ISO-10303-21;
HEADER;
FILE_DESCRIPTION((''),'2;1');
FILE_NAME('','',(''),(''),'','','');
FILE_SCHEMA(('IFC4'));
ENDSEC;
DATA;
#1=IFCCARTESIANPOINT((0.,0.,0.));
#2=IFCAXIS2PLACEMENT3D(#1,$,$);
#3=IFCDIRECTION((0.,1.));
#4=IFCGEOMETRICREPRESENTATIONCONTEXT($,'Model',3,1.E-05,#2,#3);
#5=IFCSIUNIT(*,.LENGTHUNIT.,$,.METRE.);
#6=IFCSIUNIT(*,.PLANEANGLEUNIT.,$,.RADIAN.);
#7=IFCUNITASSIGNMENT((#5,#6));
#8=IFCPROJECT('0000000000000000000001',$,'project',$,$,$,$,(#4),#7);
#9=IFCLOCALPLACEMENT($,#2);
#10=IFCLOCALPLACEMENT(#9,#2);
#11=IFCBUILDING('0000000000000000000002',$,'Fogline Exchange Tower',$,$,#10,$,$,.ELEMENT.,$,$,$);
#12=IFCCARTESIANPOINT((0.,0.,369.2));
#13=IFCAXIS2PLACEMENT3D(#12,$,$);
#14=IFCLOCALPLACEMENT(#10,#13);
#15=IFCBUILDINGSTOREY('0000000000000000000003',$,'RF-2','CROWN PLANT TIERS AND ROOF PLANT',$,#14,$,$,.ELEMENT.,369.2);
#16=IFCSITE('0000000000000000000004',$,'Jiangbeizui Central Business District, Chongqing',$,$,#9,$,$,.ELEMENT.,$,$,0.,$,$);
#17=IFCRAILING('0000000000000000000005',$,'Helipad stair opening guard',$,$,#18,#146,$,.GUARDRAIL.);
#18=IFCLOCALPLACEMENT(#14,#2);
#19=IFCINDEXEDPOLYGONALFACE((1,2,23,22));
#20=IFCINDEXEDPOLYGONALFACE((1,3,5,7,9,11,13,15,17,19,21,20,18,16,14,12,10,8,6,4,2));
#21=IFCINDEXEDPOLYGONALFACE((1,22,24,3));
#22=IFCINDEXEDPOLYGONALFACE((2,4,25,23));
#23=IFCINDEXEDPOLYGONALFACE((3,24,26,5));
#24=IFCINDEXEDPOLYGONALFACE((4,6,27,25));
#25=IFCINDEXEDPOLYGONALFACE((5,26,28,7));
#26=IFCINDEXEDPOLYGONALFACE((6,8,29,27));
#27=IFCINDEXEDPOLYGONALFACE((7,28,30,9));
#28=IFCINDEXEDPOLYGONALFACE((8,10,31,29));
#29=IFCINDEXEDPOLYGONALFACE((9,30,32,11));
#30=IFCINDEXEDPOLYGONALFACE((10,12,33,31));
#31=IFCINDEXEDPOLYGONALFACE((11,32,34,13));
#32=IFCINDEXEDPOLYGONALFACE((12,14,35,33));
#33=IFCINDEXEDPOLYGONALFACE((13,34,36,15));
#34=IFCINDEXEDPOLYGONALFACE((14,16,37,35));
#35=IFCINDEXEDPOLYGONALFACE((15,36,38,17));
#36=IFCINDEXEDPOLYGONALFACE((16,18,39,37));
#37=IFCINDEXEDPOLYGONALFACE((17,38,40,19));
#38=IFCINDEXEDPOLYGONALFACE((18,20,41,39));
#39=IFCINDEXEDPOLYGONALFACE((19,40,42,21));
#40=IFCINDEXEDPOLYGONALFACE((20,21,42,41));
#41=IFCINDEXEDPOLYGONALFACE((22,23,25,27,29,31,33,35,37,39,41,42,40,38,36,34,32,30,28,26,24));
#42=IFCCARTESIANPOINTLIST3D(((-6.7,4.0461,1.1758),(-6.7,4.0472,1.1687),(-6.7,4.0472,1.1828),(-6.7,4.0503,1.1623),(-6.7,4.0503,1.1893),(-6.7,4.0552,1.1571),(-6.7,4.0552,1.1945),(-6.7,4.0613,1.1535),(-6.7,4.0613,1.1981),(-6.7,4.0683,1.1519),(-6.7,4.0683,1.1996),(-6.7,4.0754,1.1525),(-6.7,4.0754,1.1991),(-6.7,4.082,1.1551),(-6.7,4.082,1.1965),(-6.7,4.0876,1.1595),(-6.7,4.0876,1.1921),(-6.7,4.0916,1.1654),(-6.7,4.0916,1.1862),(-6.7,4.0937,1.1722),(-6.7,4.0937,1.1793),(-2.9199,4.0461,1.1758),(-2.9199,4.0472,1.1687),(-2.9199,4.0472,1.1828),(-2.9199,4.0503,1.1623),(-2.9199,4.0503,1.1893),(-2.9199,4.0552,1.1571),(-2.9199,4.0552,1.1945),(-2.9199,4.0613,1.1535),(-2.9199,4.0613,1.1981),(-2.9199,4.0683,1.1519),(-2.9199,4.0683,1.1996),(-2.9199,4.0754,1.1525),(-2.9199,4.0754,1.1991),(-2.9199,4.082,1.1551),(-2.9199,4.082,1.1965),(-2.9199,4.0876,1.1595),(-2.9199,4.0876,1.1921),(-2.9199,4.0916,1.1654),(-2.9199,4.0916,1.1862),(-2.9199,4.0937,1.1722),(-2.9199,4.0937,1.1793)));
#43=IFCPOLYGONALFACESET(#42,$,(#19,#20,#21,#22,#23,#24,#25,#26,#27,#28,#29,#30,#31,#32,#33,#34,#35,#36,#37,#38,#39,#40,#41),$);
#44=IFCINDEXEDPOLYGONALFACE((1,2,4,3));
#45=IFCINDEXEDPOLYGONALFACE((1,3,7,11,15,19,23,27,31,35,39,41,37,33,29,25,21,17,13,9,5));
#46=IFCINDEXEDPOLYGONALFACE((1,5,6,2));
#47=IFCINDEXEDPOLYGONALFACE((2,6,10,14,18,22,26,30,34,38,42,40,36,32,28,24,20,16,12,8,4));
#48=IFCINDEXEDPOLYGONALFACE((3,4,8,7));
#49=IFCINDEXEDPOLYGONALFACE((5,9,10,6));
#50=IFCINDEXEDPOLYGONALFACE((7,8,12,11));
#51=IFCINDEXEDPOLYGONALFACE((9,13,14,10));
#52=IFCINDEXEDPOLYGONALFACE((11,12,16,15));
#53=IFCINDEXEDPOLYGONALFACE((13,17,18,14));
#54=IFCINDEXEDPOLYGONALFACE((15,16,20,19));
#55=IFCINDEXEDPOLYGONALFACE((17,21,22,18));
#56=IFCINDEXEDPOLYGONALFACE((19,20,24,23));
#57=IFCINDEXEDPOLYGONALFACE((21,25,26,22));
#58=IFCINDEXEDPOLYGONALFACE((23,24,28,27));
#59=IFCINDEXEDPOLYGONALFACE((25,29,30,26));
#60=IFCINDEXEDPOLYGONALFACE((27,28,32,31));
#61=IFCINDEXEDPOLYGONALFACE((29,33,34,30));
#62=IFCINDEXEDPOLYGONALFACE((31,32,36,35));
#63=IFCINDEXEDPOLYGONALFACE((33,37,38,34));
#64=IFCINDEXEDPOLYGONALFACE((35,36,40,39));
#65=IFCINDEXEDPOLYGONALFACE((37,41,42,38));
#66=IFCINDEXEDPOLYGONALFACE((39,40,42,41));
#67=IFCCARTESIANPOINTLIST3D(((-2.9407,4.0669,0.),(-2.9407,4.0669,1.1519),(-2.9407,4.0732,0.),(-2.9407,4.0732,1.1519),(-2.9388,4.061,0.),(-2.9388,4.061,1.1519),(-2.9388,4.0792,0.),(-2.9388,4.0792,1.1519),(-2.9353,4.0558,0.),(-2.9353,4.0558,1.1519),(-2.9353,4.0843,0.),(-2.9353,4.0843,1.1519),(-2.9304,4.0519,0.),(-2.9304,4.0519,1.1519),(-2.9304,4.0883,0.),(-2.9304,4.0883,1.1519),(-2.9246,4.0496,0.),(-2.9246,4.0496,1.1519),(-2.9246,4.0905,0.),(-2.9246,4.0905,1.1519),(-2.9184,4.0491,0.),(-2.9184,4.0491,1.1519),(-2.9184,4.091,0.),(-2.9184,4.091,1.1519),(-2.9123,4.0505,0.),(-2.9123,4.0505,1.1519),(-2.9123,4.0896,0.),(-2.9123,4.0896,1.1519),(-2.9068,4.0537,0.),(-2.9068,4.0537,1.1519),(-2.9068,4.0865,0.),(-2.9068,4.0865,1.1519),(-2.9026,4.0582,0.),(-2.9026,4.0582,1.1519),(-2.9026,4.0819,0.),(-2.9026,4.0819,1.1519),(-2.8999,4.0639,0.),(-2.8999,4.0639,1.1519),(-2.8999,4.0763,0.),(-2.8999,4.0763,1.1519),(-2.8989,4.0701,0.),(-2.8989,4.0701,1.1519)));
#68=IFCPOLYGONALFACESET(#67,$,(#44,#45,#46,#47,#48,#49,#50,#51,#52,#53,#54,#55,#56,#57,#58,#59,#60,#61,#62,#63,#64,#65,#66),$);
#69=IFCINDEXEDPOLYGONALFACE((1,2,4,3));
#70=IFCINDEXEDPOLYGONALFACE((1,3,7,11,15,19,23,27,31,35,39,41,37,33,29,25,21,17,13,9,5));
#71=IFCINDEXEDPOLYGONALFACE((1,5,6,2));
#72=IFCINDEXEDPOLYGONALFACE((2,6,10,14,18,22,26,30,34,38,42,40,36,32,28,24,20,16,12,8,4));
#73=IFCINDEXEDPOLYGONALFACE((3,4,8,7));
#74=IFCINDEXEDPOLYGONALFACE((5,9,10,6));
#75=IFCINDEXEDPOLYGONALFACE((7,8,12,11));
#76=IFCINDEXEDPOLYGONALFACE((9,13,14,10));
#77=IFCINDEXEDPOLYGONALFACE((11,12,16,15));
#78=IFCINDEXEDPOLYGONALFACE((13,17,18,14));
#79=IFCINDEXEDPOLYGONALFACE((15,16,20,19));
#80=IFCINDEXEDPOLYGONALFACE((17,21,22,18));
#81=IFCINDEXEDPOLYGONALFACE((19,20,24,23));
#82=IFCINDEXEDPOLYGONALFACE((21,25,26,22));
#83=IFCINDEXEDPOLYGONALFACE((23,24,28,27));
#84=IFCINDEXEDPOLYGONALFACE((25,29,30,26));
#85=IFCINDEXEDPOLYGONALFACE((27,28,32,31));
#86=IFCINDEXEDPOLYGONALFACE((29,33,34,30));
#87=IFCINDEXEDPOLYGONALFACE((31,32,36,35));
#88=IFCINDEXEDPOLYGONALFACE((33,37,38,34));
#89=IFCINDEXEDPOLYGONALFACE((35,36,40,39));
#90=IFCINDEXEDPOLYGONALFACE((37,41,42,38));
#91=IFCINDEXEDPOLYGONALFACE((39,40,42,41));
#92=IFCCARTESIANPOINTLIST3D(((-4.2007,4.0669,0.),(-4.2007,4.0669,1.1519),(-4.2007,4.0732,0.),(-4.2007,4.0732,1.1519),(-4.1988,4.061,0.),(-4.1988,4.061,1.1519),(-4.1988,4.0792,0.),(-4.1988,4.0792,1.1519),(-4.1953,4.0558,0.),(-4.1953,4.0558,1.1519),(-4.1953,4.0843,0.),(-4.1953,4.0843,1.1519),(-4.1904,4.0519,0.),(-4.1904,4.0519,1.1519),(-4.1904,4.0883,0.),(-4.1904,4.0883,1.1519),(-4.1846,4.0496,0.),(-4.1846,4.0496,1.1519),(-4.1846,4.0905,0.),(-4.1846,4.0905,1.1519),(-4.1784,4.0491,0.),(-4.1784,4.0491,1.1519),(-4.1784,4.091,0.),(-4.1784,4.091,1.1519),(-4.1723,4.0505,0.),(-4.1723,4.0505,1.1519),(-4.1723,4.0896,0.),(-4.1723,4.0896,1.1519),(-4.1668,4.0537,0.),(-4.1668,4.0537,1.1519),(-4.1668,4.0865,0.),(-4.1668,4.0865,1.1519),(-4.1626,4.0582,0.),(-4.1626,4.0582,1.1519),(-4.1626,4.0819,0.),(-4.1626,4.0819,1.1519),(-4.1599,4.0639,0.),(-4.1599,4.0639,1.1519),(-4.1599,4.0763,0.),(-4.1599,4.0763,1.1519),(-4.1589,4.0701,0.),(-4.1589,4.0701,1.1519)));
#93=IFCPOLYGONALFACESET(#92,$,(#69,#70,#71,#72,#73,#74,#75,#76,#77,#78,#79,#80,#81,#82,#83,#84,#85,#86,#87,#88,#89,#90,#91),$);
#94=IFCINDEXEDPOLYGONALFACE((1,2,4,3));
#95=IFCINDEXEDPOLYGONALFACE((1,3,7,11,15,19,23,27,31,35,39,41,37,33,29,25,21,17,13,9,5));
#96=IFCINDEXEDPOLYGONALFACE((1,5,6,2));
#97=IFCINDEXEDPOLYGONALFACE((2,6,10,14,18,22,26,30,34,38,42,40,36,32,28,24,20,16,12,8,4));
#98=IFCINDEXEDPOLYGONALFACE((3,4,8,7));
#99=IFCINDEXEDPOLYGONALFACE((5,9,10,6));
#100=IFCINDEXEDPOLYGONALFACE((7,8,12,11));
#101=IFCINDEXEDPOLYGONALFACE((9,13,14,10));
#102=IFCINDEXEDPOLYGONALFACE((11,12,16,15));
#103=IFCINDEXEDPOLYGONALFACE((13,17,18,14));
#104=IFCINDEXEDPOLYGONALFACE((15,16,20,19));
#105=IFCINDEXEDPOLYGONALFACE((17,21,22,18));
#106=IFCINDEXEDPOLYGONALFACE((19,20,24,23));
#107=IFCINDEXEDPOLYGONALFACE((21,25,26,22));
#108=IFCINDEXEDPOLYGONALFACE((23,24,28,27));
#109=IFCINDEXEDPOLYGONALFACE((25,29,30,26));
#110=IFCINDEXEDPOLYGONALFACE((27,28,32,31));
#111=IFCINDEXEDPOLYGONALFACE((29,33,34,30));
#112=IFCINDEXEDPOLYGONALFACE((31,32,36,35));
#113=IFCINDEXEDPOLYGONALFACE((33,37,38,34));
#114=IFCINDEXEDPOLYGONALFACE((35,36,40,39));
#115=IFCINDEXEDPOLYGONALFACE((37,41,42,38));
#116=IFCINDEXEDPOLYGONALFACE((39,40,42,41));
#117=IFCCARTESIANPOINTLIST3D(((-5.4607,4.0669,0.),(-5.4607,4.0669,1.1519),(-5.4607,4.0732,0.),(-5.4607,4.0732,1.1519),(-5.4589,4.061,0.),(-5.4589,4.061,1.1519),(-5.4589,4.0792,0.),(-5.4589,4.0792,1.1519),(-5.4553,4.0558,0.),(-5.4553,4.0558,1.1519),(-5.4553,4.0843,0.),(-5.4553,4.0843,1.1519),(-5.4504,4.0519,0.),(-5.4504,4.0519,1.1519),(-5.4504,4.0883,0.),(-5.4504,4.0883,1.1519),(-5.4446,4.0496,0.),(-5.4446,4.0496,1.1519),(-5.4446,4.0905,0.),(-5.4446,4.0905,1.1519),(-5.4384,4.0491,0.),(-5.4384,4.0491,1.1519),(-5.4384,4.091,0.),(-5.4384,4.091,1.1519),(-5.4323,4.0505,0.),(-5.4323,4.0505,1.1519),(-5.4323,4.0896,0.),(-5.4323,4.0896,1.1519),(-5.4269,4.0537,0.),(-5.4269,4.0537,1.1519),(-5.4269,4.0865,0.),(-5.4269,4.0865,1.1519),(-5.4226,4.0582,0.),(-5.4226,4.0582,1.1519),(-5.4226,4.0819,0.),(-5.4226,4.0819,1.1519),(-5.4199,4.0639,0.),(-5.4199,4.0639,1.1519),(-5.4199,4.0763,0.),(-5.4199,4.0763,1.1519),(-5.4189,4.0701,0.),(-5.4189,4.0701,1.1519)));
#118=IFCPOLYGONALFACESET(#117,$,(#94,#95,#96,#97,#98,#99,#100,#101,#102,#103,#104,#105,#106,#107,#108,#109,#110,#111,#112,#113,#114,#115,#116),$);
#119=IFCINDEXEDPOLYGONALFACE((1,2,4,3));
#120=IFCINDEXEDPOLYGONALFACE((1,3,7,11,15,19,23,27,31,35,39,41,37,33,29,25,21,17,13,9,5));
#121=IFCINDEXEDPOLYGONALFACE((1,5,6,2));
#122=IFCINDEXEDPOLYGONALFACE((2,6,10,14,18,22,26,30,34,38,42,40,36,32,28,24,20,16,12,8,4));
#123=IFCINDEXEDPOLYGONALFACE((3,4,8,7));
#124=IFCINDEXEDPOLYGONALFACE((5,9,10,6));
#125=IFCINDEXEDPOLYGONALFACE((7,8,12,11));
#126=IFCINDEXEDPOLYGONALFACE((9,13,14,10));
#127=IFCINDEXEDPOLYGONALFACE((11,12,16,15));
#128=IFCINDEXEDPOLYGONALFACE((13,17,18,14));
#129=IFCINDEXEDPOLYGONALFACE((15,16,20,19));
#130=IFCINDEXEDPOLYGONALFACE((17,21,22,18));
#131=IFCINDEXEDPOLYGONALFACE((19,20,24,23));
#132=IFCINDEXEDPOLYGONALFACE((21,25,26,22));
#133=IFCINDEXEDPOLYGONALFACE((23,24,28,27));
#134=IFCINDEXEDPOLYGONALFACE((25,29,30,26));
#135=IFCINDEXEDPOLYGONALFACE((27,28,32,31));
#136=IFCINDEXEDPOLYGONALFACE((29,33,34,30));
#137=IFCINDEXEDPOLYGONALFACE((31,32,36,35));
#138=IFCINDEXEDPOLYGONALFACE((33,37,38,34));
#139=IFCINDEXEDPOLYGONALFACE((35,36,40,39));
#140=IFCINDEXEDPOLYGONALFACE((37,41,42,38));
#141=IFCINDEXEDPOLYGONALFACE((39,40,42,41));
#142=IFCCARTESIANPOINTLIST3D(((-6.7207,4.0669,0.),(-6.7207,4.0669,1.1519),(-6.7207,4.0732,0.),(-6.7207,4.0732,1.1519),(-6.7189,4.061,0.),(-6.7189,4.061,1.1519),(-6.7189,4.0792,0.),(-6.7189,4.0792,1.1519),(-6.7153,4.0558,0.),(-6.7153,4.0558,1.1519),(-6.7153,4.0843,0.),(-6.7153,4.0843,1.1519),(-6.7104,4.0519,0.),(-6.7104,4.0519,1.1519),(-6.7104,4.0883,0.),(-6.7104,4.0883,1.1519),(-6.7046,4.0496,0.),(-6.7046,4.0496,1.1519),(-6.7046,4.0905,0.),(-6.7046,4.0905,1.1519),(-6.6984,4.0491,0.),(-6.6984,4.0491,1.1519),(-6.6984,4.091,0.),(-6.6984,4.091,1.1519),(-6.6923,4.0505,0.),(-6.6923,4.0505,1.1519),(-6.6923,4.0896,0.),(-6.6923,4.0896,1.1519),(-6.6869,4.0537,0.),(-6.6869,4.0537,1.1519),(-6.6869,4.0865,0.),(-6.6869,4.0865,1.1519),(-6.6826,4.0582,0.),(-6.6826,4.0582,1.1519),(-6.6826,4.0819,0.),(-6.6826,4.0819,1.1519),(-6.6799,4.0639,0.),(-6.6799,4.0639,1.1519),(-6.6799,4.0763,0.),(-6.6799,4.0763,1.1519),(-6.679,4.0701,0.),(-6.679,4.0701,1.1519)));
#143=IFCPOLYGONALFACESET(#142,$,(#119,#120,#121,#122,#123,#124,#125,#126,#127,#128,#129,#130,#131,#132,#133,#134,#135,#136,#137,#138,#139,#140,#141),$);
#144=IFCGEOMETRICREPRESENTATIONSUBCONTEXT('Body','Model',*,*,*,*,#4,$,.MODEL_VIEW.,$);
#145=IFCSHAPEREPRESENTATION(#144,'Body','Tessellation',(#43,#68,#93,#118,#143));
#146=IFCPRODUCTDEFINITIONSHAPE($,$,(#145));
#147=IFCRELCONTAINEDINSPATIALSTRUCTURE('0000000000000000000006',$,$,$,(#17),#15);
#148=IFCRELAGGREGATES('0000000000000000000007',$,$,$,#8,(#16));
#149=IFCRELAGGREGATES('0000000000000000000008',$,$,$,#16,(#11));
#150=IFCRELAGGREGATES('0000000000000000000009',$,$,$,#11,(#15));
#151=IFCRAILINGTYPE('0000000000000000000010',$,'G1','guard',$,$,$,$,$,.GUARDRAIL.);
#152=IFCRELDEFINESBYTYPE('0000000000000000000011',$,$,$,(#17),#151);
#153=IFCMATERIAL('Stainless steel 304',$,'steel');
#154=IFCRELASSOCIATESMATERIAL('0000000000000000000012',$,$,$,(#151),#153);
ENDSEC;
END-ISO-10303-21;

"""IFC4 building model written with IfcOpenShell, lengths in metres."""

from ifc_helpers import new_model, si_unit, direction, frame, origin, origin_2d, place, context, subcontext, project, spatial, circle, extrude, material, type_object, element, save


model = new_model("IFC4")

# Units and contexts
model_context = context("Model", 3, precision=1e-05, world=origin(), true_north=direction((0.0, 1.0)))
body_context = subcontext(model_context, "Body", "Model", "MODEL_VIEW")
ifc_project = project(units=[si_unit("LENGTHUNIT", "METRE"), si_unit("PLANEANGLEUNIT", "RADIAN")], contexts=[model_context])

# Site, building, storey
site_placement = place(None, origin())
site = spatial("IfcSite", under=ifc_project, at=site_placement, Name="Jiangbeizui Central Business District, Chongqing", CompositionType="ELEMENT", RefElevation=0.0)
building_placement = place(site_placement, origin())
building = spatial("IfcBuilding", under=site, at=building_placement, Name="Fogline Exchange Tower", CompositionType="ELEMENT")
storey_placement = place(building_placement, frame((0.0, 0.0, 369.2)))
storey = spatial("IfcBuildingStorey", under=building, at=storey_placement, Name="RF-2", Description="CROWN PLANT TIERS AND ROOF PLANT", CompositionType="ELEMENT", Elevation=369.2)

# Railing
ifc_material_1 = material(Name="Stainless steel 304", Category="steel")
railing_type_1 = type_object("IfcRailingType", Name="G1", Description="guard", PredefinedType="GUARDRAIL", material=ifc_material_1)
railing_1_placement = place(storey_placement, frame((-2.9199, 4.0701, 0.0)))
element("IfcRailing", 1, at=railing_1_placement, inside=storey, type_object=railing_type_1, Name="Helipad stair opening guard", PredefinedType="GUARDRAIL", context=body_context, shape_type="SweptSolid", body=[
    extrude(circle(Radius=0.0239, at=origin_2d()), frame((0.0, 0.0, 1.1758), z_axis=(-1.0, 0.0, 0.0), x_axis=(0.0, -1.0, 0.0)), (0.0, 0.0, 1.0), 3.78),
    extrude(circle(Radius=0.021, at=origin_2d()), origin(), (0.0, 0.0, 1.0), 1.1519),
    extrude(circle(Radius=0.021, at=origin_2d()), frame((-1.26, 0.0, 0.0)), (0.0, 0.0, 1.0), 1.1519),
    extrude(circle(Radius=0.021, at=origin_2d()), frame((-2.52, 0.0, 0.0)), (0.0, 0.0, 1.0), 1.1519),
    extrude(circle(Radius=0.021, at=origin_2d()), frame((-3.78, 0.0, 0.0)), (0.0, 0.0, 1.0), 1.1519),
])

save(model, "model.ifc")
